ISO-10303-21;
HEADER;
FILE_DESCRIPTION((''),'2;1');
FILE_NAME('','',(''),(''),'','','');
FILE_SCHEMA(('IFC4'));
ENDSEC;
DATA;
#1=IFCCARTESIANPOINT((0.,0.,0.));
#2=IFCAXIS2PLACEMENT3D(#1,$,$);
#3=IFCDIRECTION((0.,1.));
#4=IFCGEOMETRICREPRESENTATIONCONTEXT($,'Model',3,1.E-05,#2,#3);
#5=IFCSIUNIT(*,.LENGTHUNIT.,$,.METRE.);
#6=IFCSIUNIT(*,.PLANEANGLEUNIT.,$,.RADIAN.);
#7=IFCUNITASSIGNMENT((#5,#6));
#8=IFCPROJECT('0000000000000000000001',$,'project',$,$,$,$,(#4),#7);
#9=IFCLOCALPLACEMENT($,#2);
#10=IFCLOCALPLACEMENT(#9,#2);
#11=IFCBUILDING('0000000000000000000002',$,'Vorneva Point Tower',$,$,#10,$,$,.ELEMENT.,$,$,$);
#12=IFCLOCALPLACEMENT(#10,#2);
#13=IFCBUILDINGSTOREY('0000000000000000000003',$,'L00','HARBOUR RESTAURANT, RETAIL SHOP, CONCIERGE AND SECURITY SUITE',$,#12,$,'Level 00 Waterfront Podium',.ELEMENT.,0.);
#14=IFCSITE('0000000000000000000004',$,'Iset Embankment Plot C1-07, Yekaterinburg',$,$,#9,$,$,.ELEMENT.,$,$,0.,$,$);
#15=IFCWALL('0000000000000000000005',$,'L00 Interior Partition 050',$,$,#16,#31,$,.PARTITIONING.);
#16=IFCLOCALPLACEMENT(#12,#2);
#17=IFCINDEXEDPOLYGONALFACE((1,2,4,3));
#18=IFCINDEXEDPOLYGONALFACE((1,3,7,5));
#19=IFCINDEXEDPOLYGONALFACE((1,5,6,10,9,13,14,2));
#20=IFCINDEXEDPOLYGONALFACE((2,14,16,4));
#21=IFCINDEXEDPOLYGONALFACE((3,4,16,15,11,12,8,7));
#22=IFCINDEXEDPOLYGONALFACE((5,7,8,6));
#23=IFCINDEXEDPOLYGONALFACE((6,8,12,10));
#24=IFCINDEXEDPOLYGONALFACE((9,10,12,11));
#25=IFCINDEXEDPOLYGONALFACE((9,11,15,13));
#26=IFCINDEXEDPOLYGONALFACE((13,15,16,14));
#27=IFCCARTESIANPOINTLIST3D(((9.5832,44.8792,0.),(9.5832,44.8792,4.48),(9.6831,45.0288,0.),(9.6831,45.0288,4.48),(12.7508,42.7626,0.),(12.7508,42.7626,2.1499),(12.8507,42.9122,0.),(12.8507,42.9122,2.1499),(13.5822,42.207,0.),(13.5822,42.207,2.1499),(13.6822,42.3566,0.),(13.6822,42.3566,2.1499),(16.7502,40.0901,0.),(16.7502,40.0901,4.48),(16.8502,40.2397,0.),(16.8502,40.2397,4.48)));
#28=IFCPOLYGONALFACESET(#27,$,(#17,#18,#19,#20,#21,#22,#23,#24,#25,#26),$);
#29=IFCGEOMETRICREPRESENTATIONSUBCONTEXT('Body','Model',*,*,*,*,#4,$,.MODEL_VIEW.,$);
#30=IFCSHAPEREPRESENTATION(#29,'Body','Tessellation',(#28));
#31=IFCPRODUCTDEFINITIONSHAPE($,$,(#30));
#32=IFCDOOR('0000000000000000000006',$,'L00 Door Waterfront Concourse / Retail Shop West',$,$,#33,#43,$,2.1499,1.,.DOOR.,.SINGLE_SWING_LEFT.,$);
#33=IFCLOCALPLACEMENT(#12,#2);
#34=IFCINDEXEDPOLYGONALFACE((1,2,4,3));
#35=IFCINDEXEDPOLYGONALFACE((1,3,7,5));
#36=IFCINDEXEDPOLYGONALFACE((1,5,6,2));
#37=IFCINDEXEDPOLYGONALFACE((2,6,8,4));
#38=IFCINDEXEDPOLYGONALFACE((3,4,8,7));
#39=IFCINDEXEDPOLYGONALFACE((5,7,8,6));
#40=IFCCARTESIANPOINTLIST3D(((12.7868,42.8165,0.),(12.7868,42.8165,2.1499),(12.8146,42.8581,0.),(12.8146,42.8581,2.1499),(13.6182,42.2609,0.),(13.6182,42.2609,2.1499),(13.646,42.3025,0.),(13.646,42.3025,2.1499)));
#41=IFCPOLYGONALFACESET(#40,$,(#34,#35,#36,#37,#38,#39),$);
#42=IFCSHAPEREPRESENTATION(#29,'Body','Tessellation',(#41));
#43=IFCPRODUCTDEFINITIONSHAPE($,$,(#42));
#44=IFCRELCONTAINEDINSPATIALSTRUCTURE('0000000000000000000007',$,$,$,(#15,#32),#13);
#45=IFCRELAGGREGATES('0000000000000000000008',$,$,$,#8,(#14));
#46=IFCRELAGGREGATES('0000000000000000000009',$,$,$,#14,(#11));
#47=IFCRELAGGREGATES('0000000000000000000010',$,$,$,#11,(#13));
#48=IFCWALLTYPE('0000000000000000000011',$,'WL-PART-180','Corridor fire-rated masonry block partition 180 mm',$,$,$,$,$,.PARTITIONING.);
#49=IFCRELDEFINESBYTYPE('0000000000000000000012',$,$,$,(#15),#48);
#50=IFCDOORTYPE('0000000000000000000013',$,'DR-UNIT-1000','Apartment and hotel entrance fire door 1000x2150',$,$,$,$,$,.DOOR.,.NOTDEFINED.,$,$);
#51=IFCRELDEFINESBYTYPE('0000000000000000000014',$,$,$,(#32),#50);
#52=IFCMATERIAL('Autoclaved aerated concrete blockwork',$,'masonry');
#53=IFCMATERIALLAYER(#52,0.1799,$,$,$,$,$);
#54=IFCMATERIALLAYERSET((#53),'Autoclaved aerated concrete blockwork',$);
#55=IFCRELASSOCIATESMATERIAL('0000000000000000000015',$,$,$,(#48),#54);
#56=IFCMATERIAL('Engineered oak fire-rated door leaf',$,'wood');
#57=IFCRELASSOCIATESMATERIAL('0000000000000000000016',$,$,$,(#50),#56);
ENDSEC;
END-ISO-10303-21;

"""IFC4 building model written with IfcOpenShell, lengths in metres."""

from ifc_helpers import new_model, si_unit, direction, frame, frame_2d, origin, place, context, subcontext, project, spatial, rectangle, extrude, material, layer, layer_set, type_object, element, fill, save


model = new_model("IFC4")

# Units and contexts
model_context = context("Model", 3, precision=1e-05, world=origin(), true_north=direction((0.0, 1.0)))
body_context = subcontext(model_context, "Body", "Model", "MODEL_VIEW")
ifc_project = project(units=[si_unit("LENGTHUNIT", "METRE"), si_unit("PLANEANGLEUNIT", "RADIAN")], contexts=[model_context])

# Site, building, storey
site_placement = place(None, origin())
site = spatial("IfcSite", under=ifc_project, at=site_placement, Name="Iset Embankment Plot C1-07, Yekaterinburg", CompositionType="ELEMENT", RefElevation=0.0)
building_placement = place(site_placement, origin())
building = spatial("IfcBuilding", under=site, at=building_placement, Name="Vorneva Point Tower", CompositionType="ELEMENT")
storey_placement = place(building_placement, origin())
storey = spatial("IfcBuildingStorey", under=building, at=storey_placement, Name="L00", Description="HARBOUR RESTAURANT, RETAIL SHOP, CONCIERGE AND SECURITY SUITE", LongName="Level 00 Waterfront Podium", CompositionType="ELEMENT", Elevation=0.0)

# Shared definitions
ifc_material_1 = material(Name="Autoclaved aerated concrete blockwork", Category="masonry")
ifc_layer_1 = layer(ifc_material_1, 0.1799)
ifc_layer_set_1 = layer_set([ifc_layer_1], Name="Autoclaved aerated concrete blockwork")
wall_type_1 = type_object("IfcWallType", Name="WL-PART-180", Description="Corridor fire-rated masonry block partition 180 mm", PredefinedType="PARTITIONING", material=ifc_layer_set_1)

# Wall, opening, door
wall_1_placement = place(storey_placement, frame((9.6331, 44.9541, 0.0), z_axis=(0.0, 0.0, 1.0), x_axis=(0.831457, -0.555589, 0.0)))
wall_1 = element("IfcWall", 1, at=wall_1_placement, inside=storey, type_object=wall_type_1, Name="L00 Interior Partition 050", PredefinedType="PARTITIONING", context=body_context, shape_type="SweptSolid", body=[
    extrude(rectangle(XDim=8.6199, YDim=0.1799, at=frame_2d((4.3101, 0.0))), origin(), (0.0, 0.0, 1.0), 4.48),
])
opening_1_placement = place(wall_1_placement, frame((3.8098, 0.0, 0.0)))
opening_1 = element("IfcOpeningElement", 2, at=opening_1_placement, cuts=wall_1, PredefinedType="OPENING", context=body_context, shape_type="SweptSolid", body=[
    extrude(rectangle(XDim=1.0, YDim=2.1499, at=frame_2d((0.5, 1.075))), frame((0.0, 0.105, 0.0), z_axis=(0.0, -1.0, 0.0), x_axis=(1.0, 0.0, 0.0)), (0.0, 0.0, 1.0), 0.2097),
])
ifc_material_2 = material(Name="Engineered oak fire-rated door leaf", Category="wood")
door_type_1 = type_object("IfcDoorType", Name="DR-UNIT-1000", Description="Apartment and hotel entrance fire door 1000x2150", OperationType="NOTDEFINED", PredefinedType="DOOR", material=ifc_material_2)
door_1_placement = place(opening_1_placement, origin())
door_1 = element("IfcDoor", 3, at=door_1_placement, inside=storey, type_object=door_type_1, Name="L00 Door Waterfront Concourse / Retail Shop West", OperationType="SINGLE_SWING_LEFT", OverallHeight=2.1499, OverallWidth=1.0, PredefinedType="DOOR", context=body_context, shape_type="SweptSolid", body=[
    extrude(rectangle(XDim=1.0, YDim=2.1499, at=frame_2d((0.5, 1.075))), frame((0.0, 0.0249, 0.0), z_axis=(0.0, -1.0, 0.0), x_axis=(1.0, 0.0, 0.0)), (0.0, 0.0, 1.0), 0.05),
])
fill(opening_1, door_1)

save(model, "model.ifc")
